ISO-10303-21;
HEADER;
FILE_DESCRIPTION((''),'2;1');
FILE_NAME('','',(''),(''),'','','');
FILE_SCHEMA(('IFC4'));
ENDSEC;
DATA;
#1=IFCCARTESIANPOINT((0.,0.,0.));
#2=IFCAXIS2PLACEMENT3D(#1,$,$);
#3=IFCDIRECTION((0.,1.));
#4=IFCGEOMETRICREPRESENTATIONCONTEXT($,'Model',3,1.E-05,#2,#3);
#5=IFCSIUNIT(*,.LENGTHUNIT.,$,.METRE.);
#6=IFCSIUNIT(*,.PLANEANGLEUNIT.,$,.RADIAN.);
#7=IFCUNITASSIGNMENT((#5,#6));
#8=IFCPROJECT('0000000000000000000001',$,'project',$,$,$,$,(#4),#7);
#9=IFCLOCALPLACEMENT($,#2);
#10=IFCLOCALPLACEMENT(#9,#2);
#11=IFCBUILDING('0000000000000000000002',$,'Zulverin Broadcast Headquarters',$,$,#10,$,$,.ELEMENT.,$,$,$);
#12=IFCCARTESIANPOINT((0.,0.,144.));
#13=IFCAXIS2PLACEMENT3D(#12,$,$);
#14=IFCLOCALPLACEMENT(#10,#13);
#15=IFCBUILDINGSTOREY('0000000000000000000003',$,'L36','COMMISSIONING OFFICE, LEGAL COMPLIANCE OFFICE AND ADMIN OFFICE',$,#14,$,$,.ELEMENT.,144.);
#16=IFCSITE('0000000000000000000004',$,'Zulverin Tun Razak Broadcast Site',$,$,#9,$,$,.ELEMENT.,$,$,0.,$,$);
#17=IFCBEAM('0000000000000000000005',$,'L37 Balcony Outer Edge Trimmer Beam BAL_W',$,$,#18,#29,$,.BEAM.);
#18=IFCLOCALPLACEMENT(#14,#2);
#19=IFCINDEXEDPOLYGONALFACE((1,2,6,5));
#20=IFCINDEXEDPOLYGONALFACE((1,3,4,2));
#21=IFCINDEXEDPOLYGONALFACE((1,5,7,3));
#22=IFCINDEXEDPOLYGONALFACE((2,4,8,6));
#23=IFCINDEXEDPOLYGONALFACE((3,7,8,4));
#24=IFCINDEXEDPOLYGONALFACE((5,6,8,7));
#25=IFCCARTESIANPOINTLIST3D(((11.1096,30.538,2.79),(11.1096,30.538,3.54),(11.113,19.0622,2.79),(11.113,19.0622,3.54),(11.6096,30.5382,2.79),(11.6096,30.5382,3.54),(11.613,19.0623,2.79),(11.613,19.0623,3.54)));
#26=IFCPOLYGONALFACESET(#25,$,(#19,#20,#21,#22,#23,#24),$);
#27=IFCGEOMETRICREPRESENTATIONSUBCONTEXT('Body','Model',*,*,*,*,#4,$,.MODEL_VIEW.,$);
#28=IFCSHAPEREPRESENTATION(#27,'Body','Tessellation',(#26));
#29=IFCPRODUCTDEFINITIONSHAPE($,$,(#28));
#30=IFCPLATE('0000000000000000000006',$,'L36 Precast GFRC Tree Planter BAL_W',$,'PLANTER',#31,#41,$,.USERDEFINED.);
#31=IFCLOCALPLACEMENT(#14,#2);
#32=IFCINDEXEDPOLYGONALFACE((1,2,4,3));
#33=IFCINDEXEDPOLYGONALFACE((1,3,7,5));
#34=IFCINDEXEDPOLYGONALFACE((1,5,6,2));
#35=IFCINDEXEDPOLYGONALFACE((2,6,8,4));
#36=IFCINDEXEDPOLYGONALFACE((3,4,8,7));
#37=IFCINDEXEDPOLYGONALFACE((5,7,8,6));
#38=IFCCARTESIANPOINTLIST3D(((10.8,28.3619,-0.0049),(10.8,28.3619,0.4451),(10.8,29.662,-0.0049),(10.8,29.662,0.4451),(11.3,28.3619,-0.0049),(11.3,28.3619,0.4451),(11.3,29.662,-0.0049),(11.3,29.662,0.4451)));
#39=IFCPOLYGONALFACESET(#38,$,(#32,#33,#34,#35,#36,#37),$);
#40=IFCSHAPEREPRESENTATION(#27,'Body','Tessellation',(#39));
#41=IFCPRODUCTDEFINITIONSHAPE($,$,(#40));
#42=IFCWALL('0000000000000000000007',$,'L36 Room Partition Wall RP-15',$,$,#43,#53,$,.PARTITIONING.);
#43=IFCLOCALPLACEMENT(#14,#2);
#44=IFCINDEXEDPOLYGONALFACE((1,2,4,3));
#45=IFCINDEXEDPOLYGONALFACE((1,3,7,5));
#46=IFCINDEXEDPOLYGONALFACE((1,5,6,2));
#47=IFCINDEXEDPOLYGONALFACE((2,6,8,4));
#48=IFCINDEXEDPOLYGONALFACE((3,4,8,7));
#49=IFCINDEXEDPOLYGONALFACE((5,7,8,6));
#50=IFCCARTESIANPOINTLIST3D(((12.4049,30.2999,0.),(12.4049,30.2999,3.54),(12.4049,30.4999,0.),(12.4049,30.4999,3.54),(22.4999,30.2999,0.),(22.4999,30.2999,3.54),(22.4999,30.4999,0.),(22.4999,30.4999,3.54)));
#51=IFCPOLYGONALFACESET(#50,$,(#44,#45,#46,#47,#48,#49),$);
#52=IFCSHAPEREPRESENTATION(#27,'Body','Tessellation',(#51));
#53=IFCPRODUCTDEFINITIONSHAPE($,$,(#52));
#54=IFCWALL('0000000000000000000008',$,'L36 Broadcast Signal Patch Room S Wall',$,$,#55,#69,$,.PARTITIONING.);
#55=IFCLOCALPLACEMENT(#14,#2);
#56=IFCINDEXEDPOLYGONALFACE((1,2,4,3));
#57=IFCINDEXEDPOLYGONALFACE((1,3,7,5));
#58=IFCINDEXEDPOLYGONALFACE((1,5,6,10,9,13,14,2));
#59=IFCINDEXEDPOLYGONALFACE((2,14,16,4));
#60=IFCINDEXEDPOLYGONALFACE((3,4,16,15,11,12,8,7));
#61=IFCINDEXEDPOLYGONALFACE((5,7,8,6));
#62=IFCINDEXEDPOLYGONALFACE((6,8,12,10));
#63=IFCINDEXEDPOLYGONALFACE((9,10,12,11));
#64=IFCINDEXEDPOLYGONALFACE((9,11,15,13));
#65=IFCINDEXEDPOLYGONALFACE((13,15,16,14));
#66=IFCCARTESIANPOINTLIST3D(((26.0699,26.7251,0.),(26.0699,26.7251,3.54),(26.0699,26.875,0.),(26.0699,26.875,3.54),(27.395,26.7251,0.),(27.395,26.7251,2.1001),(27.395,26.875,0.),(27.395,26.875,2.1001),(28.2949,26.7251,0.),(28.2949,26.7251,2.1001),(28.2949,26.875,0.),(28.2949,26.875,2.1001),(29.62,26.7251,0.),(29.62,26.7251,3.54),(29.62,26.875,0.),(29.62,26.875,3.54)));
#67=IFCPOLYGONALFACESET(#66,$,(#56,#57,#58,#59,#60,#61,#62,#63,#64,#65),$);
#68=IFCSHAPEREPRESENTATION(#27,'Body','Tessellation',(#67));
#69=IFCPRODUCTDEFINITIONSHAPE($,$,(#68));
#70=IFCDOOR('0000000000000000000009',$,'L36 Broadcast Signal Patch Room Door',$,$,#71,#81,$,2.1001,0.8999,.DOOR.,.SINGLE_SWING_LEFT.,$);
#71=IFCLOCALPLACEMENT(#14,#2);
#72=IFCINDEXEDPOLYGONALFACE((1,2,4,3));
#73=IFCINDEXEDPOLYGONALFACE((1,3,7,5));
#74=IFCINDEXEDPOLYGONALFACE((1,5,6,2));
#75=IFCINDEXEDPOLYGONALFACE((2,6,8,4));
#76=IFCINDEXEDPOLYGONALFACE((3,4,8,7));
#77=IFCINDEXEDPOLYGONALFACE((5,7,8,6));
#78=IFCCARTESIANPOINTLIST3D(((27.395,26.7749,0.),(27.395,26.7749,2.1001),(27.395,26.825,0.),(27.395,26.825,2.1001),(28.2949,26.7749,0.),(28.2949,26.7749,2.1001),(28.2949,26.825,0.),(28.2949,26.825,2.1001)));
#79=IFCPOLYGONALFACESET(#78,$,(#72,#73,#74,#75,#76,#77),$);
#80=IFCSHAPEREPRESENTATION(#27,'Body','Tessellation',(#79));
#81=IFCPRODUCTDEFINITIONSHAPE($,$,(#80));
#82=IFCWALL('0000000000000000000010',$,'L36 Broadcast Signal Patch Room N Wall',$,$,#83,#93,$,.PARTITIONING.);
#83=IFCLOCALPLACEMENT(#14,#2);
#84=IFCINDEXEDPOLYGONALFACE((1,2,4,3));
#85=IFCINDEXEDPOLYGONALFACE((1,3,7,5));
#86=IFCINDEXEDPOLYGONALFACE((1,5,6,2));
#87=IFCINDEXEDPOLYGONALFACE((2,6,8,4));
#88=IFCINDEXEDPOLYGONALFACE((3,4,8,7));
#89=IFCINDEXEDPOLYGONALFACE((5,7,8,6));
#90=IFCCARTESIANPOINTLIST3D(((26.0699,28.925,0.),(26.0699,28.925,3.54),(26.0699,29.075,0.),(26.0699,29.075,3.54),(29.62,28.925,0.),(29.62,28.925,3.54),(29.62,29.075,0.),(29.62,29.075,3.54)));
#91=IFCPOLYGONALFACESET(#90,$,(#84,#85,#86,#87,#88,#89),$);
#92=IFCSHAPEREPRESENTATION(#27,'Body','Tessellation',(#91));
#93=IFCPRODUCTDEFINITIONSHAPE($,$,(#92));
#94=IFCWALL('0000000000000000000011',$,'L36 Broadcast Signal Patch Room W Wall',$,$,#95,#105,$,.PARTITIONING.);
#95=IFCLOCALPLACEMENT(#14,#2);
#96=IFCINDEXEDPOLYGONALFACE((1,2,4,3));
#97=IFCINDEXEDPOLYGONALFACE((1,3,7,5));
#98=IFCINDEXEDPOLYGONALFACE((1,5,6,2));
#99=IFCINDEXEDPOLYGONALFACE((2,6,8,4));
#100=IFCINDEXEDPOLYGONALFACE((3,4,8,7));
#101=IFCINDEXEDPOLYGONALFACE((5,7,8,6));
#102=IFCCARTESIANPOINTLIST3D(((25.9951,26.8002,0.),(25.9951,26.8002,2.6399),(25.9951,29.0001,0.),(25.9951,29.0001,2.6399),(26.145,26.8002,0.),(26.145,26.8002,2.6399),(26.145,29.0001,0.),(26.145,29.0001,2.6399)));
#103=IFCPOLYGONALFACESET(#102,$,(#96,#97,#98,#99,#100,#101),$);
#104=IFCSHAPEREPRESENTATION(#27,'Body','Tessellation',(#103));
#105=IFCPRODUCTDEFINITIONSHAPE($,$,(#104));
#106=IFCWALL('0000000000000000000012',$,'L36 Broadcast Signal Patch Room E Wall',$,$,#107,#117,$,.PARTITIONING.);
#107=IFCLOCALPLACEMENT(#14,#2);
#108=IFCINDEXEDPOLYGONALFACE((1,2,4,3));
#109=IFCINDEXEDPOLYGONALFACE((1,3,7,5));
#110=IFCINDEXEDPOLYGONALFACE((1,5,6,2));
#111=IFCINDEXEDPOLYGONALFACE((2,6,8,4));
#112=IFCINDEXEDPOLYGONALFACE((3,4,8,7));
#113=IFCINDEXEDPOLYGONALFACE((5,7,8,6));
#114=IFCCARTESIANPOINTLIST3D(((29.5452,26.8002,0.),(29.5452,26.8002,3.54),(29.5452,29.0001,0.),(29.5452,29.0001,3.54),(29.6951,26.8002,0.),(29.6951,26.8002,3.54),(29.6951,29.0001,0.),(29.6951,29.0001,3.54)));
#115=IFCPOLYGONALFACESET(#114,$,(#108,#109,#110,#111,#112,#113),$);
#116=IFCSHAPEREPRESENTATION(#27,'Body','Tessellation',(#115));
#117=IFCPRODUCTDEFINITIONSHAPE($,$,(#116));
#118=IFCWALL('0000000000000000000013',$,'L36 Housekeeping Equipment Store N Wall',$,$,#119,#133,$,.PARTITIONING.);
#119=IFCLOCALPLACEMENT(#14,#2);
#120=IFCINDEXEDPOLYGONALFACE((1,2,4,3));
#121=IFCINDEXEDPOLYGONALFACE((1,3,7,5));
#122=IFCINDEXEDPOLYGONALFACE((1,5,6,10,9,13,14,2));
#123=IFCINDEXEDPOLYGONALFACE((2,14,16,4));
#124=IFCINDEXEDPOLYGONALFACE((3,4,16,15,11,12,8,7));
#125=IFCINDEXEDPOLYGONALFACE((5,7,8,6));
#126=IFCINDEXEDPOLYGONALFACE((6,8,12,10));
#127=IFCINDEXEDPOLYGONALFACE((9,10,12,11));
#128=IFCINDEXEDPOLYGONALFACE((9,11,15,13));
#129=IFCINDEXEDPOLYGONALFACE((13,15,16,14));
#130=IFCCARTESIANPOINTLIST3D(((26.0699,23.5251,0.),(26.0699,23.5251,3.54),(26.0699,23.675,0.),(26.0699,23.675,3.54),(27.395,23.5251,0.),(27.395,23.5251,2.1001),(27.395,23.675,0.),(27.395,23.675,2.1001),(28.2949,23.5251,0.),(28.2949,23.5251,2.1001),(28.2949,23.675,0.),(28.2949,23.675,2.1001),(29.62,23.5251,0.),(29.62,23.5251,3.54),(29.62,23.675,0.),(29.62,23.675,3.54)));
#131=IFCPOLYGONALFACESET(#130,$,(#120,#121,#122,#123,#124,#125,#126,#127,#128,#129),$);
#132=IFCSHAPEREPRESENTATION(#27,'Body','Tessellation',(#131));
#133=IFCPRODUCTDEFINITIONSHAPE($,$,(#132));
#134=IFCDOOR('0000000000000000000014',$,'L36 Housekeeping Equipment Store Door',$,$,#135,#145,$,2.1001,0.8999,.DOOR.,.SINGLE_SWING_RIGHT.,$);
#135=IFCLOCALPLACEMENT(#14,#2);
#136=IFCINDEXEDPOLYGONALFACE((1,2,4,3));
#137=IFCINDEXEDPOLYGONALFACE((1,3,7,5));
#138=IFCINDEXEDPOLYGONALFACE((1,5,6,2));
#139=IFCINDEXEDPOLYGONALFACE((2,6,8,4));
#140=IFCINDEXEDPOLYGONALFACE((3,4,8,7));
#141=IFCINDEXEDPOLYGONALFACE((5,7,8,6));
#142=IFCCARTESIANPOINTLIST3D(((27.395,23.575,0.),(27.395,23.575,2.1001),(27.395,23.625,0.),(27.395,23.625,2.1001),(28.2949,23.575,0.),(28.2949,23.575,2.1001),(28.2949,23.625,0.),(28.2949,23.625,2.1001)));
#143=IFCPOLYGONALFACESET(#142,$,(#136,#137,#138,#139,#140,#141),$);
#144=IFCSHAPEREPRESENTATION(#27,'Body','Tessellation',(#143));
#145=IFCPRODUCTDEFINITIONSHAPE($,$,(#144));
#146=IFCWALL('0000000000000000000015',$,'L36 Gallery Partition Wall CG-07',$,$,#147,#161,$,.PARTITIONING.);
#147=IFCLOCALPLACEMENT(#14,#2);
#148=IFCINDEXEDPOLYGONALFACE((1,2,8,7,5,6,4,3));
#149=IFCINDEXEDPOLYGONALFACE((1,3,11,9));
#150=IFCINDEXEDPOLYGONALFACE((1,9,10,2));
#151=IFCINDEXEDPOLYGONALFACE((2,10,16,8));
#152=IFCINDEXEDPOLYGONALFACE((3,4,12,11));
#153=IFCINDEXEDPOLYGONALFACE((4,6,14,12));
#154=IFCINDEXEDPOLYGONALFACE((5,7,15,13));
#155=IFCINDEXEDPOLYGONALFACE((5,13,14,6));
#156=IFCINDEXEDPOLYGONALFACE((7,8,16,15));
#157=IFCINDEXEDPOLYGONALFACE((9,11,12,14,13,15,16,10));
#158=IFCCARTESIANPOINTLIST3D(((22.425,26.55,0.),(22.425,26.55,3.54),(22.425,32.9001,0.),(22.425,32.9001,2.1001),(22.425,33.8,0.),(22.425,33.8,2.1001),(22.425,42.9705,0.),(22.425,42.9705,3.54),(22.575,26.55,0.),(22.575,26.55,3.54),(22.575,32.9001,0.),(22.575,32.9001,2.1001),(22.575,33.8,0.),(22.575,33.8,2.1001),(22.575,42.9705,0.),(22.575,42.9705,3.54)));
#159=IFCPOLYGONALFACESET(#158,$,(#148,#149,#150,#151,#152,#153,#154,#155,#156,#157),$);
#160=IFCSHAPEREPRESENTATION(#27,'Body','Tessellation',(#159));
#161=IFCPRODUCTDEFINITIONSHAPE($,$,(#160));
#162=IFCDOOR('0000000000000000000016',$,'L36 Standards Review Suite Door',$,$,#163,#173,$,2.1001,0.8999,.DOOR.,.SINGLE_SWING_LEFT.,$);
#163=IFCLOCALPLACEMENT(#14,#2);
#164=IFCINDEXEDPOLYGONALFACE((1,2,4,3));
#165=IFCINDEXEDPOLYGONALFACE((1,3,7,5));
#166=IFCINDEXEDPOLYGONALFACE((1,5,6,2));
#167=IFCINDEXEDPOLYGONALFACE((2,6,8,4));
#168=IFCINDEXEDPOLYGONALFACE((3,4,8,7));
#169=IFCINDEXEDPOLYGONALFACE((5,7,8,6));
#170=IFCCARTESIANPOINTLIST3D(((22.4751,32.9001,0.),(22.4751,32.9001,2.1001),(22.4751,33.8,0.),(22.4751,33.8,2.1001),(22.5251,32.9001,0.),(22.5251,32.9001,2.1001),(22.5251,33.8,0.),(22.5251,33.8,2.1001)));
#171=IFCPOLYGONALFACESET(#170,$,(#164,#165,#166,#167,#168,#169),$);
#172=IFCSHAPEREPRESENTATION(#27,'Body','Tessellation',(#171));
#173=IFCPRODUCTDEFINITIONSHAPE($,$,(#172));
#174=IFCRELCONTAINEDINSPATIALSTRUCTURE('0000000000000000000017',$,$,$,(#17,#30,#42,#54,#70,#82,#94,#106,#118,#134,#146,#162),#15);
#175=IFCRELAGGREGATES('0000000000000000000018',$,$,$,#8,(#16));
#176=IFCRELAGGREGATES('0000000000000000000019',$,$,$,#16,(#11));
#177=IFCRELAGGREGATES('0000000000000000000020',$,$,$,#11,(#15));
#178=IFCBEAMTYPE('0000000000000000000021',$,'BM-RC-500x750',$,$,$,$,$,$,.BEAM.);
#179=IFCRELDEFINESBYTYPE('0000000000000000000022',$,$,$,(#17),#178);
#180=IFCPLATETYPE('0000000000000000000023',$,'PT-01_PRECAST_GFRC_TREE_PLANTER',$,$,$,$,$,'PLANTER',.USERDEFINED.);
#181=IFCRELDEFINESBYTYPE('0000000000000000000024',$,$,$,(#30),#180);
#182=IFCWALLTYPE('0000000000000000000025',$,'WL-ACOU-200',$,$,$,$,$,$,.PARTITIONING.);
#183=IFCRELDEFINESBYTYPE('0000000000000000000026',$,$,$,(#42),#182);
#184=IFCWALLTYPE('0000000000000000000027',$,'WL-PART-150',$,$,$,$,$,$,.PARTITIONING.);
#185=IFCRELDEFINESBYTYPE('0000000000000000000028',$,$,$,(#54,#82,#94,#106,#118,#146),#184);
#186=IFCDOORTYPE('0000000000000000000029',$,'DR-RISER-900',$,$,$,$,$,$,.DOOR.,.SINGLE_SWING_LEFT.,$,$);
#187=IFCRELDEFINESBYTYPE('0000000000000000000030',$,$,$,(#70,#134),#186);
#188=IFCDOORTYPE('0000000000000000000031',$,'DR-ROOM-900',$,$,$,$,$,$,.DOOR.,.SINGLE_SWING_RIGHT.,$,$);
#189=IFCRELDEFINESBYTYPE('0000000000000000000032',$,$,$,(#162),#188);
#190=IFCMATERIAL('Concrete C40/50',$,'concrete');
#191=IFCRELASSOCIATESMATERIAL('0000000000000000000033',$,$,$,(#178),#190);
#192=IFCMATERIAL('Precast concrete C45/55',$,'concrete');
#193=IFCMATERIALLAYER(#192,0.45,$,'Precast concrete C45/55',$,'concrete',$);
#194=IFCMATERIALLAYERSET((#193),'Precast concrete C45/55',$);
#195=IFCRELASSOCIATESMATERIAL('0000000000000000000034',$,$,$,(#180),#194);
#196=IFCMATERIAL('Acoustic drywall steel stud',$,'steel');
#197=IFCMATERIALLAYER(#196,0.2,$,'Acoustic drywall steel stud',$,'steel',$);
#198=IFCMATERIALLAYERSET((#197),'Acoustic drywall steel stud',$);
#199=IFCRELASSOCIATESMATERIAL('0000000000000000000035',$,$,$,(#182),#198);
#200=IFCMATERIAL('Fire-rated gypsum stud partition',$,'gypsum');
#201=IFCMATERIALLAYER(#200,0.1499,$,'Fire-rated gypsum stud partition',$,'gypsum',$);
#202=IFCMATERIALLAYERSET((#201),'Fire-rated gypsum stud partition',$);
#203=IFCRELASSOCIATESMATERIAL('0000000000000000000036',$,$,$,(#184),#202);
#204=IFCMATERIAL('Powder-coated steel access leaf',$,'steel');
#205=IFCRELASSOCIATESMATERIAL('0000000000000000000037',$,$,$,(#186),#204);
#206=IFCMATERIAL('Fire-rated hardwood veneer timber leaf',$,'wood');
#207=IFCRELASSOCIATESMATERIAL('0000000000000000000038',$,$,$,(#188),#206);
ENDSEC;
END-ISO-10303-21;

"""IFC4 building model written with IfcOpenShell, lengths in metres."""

from ifc_helpers import new_model, si_unit, direction, frame, frame_2d, origin, origin_2d, place, context, subcontext, project, spatial, rectangle, extrude, material, layer, layer_set, material_profile, profile_set, type_object, element, fill, save


model = new_model("IFC4")

# Units and contexts
model_context = context("Model", 3, precision=1e-05, world=origin(), true_north=direction((0.0, 1.0)))
body_context = subcontext(model_context, "Body", "Model", "MODEL_VIEW")
ifc_project = project(units=[si_unit("LENGTHUNIT", "METRE"), si_unit("PLANEANGLEUNIT", "RADIAN")], contexts=[model_context])

# Site, building, storey
site_placement = place(None, origin())
site = spatial("IfcSite", under=ifc_project, at=site_placement, Name="Zulverin Tun Razak Broadcast Site", CompositionType="ELEMENT", RefElevation=0.0)
building_placement = place(site_placement, origin())
building = spatial("IfcBuilding", under=site, at=building_placement, Name="Zulverin Broadcast Headquarters", CompositionType="ELEMENT")
storey_placement = place(building_placement, frame((0.0, 0.0, 144.0)))
storey = spatial("IfcBuildingStorey", under=building, at=storey_placement, Name="L36", Description="COMMISSIONING OFFICE, LEGAL COMPLIANCE OFFICE AND ADMIN OFFICE", CompositionType="ELEMENT", Elevation=144.0)

# Beam
ifc_material_1 = material(Name="Concrete C40/50", Category="concrete")
ifc_material_profile = material_profile(ifc_material_1, rectangle(XDim=0.5, YDim=0.75, at=origin_2d()), Name="Concrete C40/50", Category="concrete")
ifc_profile_set = profile_set([ifc_material_profile], Name="Concrete C40/50")
beam_type = type_object("IfcBeamType", Name="BM-RC-500x750", PredefinedType="BEAM", material=ifc_profile_set)
beam_placement = place(storey_placement, frame((11.3596, 30.5381, 3.165), z_axis=(0.000298, -1.0, 0.0), x_axis=(1.0, 0.000298, 0.0)))
element("IfcBeam", 1, at=beam_placement, inside=storey, type_object=beam_type, Name="L37 Balcony Outer Edge Trimmer Beam BAL_W", PredefinedType="BEAM", context=body_context, shape_type="SweptSolid", body=[
    extrude(rectangle(XDim=0.5, YDim=0.75, at=origin_2d()), origin(), (0.0, 0.0, 1.0), 11.4758),
])

# Plate
ifc_material_2 = material(Name="Precast concrete C45/55", Category="concrete")
ifc_layer_1 = layer(ifc_material_2, 0.45, Name="Precast concrete C45/55", Category="concrete")
ifc_layer_set_1 = layer_set([ifc_layer_1], Name="Precast concrete C45/55")
plate_type = type_object("IfcPlateType", Name="PT-01_PRECAST_GFRC_TREE_PLANTER", ElementType="PLANTER", PredefinedType="USERDEFINED", material=ifc_layer_set_1)
plate_placement = place(storey_placement, frame((11.05, 29.012, -0.0049), z_axis=(0.0, 0.0, 1.0), x_axis=(0.0, 1.0, 0.0)))
element("IfcPlate", 2, at=plate_placement, inside=storey, type_object=plate_type, Name="L36 Precast GFRC Tree Planter BAL_W", ObjectType="PLANTER", PredefinedType="USERDEFINED", context=body_context, shape_type="SweptSolid", body=[
    extrude(rectangle(XDim=1.3, YDim=0.5, at=origin_2d()), origin(), (0.0, 0.0, 1.0), 0.45),
])

# Wall
ifc_material_3 = material(Name="Acoustic drywall steel stud", Category="steel")
ifc_layer_2 = layer(ifc_material_3, 0.2, Name="Acoustic drywall steel stud", Category="steel")
ifc_layer_set_2 = layer_set([ifc_layer_2], Name="Acoustic drywall steel stud")
wall_type_1 = type_object("IfcWallType", Name="WL-ACOU-200", PredefinedType="PARTITIONING", material=ifc_layer_set_2)
wall_1_placement = place(storey_placement, frame((12.405, 30.3999, 0.0), z_axis=(0.0, 0.0, 1.0), x_axis=(1.0, 0.0, 0.0)))
element("IfcWall", 3, at=wall_1_placement, inside=storey, type_object=wall_type_1, Name="L36 Room Partition Wall RP-15", PredefinedType="PARTITIONING", context=body_context, shape_type="SweptSolid", body=[
    extrude(rectangle(XDim=10.095, YDim=0.2, at=frame_2d((5.0474, 0.0))), origin(), (0.0, 0.0, 1.0), 3.54),
])

# Wall, opening, door
ifc_material_4 = material(Name="Fire-rated gypsum stud partition", Category="gypsum")
ifc_layer_3 = layer(ifc_material_4, 0.1499, Name="Fire-rated gypsum stud partition", Category="gypsum")
ifc_layer_set_3 = layer_set([ifc_layer_3], Name="Fire-rated gypsum stud partition")
wall_type_2 = type_object("IfcWallType", Name="WL-PART-150", PredefinedType="PARTITIONING", material=ifc_layer_set_3)
wall_2_placement = place(storey_placement, frame((26.0701, 26.8, 0.0), z_axis=(0.0, 0.0, 1.0), x_axis=(1.0, 0.0, 0.0)))
wall_2 = element("IfcWall", 4, at=wall_2_placement, inside=storey, type_object=wall_type_2, Name="L36 Broadcast Signal Patch Room S Wall", PredefinedType="PARTITIONING", context=body_context, shape_type="SweptSolid", body=[
    extrude(rectangle(XDim=3.55, YDim=0.1499, at=frame_2d((1.7749, 0.0))), origin(), (0.0, 0.0, 1.0), 3.54),
])
opening_1_placement = place(wall_2_placement, frame((1.325, 0.0, 0.0)))
opening_1 = element("IfcOpeningElement", 5, at=opening_1_placement, cuts=wall_2, PredefinedType="OPENING", context=body_context, shape_type="SweptSolid", body=[
    extrude(rectangle(XDim=0.8999, YDim=2.1001, at=frame_2d((0.45, 1.05))), frame((0.0, 0.085, 0.0), z_axis=(0.0, -1.0, 0.0), x_axis=(1.0, 0.0, 0.0)), (0.0, 0.0, 1.0), 0.1699),
])
ifc_material_5 = material(Name="Powder-coated steel access leaf", Category="steel")
door_type_1 = type_object("IfcDoorType", Name="DR-RISER-900", OperationType="SINGLE_SWING_LEFT", PredefinedType="DOOR", material=ifc_material_5)
door_1_placement = place(opening_1_placement, origin())
door_1 = element("IfcDoor", 6, at=door_1_placement, inside=storey, type_object=door_type_1, Name="L36 Broadcast Signal Patch Room Door", OperationType="SINGLE_SWING_LEFT", OverallHeight=2.1001, OverallWidth=0.8999, PredefinedType="DOOR", context=body_context, shape_type="SweptSolid", body=[
    extrude(rectangle(XDim=0.8999, YDim=2.1001, at=frame_2d((0.45, 1.05))), frame((0.0, 0.0249, 0.0), z_axis=(0.0, -1.0, 0.0), x_axis=(1.0, 0.0, 0.0)), (0.0, 0.0, 1.0), 0.05),
])
fill(opening_1, door_1)

# Walls
wall_3_placement = place(storey_placement, frame((26.0701, 29.0, 0.0), z_axis=(0.0, 0.0, 1.0), x_axis=(1.0, 0.0, 0.0)))
element("IfcWall", 7, at=wall_3_placement, inside=storey, type_object=wall_type_2, Name="L36 Broadcast Signal Patch Room N Wall", PredefinedType="PARTITIONING", context=body_context, shape_type="SweptSolid", body=[
    extrude(rectangle(XDim=3.55, YDim=0.1499, at=frame_2d((1.7749, 0.0))), origin(), (0.0, 0.0, 1.0), 3.54),
])
wall_4_placement = place(storey_placement, frame((26.0701, 26.8, 0.0), z_axis=(0.0, 0.0, 1.0), x_axis=(0.0, 1.0, 0.0)))
element("IfcWall", 8, at=wall_4_placement, inside=storey, type_object=wall_type_2, Name="L36 Broadcast Signal Patch Room W Wall", PredefinedType="PARTITIONING", context=body_context, shape_type="SweptSolid", body=[
    extrude(rectangle(XDim=2.2, YDim=0.1499, at=frame_2d((1.1001, 0.0))), origin(), (0.0, 0.0, 1.0), 2.6399),
])
wall_5_placement = place(storey_placement, frame((29.6201, 26.8, 0.0), z_axis=(0.0, 0.0, 1.0), x_axis=(0.0, 1.0, 0.0)))
element("IfcWall", 9, at=wall_5_placement, inside=storey, type_object=wall_type_2, Name="L36 Broadcast Signal Patch Room E Wall", PredefinedType="PARTITIONING", context=body_context, shape_type="SweptSolid", body=[
    extrude(rectangle(XDim=2.2, YDim=0.1499, at=frame_2d((1.1001, 0.0))), origin(), (0.0, 0.0, 1.0), 3.54),
])

# Walls, openings, doors
wall_6_placement = place(storey_placement, frame((26.0701, 23.6001, 0.0), z_axis=(0.0, 0.0, 1.0), x_axis=(1.0, 0.0, 0.0)))
wall_6 = element("IfcWall", 10, at=wall_6_placement, inside=storey, type_object=wall_type_2, Name="L36 Housekeeping Equipment Store N Wall", PredefinedType="PARTITIONING", context=body_context, shape_type="SweptSolid", body=[
    extrude(rectangle(XDim=3.55, YDim=0.1499, at=frame_2d((1.7749, 0.0))), origin(), (0.0, 0.0, 1.0), 3.54),
])
opening_2_placement = place(wall_6_placement, frame((1.325, 0.0, 0.0)))
opening_2 = element("IfcOpeningElement", 11, at=opening_2_placement, cuts=wall_6, PredefinedType="OPENING", context=body_context, shape_type="SweptSolid", body=[
    extrude(rectangle(XDim=0.8999, YDim=2.1001, at=frame_2d((0.45, 1.05))), frame((0.0, 0.085, 0.0), z_axis=(0.0, -1.0, 0.0), x_axis=(1.0, 0.0, 0.0)), (0.0, 0.0, 1.0), 0.1699),
])
door_2_placement = place(opening_2_placement, origin())
door_2 = element("IfcDoor", 12, at=door_2_placement, inside=storey, type_object=door_type_1, Name="L36 Housekeeping Equipment Store Door", OperationType="SINGLE_SWING_RIGHT", OverallHeight=2.1001, OverallWidth=0.8999, PredefinedType="DOOR", context=body_context, shape_type="SweptSolid", body=[
    extrude(rectangle(XDim=0.8999, YDim=2.1001, at=frame_2d((0.45, 1.05))), frame((0.0, 0.0249, 0.0), z_axis=(0.0, -1.0, 0.0), x_axis=(1.0, 0.0, 0.0)), (0.0, 0.0, 1.0), 0.05),
])
fill(opening_2, door_2)
wall_7_placement = place(storey_placement, frame((22.5, 26.55, 0.0), z_axis=(0.0, 0.0, 1.0), x_axis=(0.0, 1.0, 0.0)))
wall_7 = element("IfcWall", 13, at=wall_7_placement, inside=storey, type_object=wall_type_2, Name="L36 Gallery Partition Wall CG-07", PredefinedType="PARTITIONING", context=body_context, shape_type="SweptSolid", body=[
    extrude(rectangle(XDim=16.4204, YDim=0.1499, at=frame_2d((8.2102, 0.0))), origin(), (0.0, 0.0, 1.0), 3.54),
])
opening_3_placement = place(wall_7_placement, frame((6.3501, 0.0, 0.0)))
opening_3 = element("IfcOpeningElement", 14, at=opening_3_placement, cuts=wall_7, PredefinedType="OPENING", context=body_context, shape_type="SweptSolid", body=[
    extrude(rectangle(XDim=0.8999, YDim=2.1001, at=frame_2d((0.45, 1.05))), frame((0.0, 0.085, 0.0), z_axis=(0.0, -1.0, 0.0), x_axis=(1.0, 0.0, 0.0)), (0.0, 0.0, 1.0), 0.1699),
])
ifc_material_6 = material(Name="Fire-rated hardwood veneer timber leaf", Category="wood")
door_type_2 = type_object("IfcDoorType", Name="DR-ROOM-900", OperationType="SINGLE_SWING_RIGHT", PredefinedType="DOOR", material=ifc_material_6)
door_3_placement = place(opening_3_placement, origin())
door_3 = element("IfcDoor", 15, at=door_3_placement, inside=storey, type_object=door_type_2, Name="L36 Standards Review Suite Door", OperationType="SINGLE_SWING_LEFT", OverallHeight=2.1001, OverallWidth=0.8999, PredefinedType="DOOR", context=body_context, shape_type="SweptSolid", body=[
    extrude(rectangle(XDim=0.8999, YDim=2.1001, at=frame_2d((0.45, 1.05))), frame((0.0, 0.0249, 0.0), z_axis=(0.0, -1.0, 0.0), x_axis=(1.0, 0.0, 0.0)), (0.0, 0.0, 1.0), 0.05),
])
fill(opening_3, door_3)

save(model, "model.ifc")
